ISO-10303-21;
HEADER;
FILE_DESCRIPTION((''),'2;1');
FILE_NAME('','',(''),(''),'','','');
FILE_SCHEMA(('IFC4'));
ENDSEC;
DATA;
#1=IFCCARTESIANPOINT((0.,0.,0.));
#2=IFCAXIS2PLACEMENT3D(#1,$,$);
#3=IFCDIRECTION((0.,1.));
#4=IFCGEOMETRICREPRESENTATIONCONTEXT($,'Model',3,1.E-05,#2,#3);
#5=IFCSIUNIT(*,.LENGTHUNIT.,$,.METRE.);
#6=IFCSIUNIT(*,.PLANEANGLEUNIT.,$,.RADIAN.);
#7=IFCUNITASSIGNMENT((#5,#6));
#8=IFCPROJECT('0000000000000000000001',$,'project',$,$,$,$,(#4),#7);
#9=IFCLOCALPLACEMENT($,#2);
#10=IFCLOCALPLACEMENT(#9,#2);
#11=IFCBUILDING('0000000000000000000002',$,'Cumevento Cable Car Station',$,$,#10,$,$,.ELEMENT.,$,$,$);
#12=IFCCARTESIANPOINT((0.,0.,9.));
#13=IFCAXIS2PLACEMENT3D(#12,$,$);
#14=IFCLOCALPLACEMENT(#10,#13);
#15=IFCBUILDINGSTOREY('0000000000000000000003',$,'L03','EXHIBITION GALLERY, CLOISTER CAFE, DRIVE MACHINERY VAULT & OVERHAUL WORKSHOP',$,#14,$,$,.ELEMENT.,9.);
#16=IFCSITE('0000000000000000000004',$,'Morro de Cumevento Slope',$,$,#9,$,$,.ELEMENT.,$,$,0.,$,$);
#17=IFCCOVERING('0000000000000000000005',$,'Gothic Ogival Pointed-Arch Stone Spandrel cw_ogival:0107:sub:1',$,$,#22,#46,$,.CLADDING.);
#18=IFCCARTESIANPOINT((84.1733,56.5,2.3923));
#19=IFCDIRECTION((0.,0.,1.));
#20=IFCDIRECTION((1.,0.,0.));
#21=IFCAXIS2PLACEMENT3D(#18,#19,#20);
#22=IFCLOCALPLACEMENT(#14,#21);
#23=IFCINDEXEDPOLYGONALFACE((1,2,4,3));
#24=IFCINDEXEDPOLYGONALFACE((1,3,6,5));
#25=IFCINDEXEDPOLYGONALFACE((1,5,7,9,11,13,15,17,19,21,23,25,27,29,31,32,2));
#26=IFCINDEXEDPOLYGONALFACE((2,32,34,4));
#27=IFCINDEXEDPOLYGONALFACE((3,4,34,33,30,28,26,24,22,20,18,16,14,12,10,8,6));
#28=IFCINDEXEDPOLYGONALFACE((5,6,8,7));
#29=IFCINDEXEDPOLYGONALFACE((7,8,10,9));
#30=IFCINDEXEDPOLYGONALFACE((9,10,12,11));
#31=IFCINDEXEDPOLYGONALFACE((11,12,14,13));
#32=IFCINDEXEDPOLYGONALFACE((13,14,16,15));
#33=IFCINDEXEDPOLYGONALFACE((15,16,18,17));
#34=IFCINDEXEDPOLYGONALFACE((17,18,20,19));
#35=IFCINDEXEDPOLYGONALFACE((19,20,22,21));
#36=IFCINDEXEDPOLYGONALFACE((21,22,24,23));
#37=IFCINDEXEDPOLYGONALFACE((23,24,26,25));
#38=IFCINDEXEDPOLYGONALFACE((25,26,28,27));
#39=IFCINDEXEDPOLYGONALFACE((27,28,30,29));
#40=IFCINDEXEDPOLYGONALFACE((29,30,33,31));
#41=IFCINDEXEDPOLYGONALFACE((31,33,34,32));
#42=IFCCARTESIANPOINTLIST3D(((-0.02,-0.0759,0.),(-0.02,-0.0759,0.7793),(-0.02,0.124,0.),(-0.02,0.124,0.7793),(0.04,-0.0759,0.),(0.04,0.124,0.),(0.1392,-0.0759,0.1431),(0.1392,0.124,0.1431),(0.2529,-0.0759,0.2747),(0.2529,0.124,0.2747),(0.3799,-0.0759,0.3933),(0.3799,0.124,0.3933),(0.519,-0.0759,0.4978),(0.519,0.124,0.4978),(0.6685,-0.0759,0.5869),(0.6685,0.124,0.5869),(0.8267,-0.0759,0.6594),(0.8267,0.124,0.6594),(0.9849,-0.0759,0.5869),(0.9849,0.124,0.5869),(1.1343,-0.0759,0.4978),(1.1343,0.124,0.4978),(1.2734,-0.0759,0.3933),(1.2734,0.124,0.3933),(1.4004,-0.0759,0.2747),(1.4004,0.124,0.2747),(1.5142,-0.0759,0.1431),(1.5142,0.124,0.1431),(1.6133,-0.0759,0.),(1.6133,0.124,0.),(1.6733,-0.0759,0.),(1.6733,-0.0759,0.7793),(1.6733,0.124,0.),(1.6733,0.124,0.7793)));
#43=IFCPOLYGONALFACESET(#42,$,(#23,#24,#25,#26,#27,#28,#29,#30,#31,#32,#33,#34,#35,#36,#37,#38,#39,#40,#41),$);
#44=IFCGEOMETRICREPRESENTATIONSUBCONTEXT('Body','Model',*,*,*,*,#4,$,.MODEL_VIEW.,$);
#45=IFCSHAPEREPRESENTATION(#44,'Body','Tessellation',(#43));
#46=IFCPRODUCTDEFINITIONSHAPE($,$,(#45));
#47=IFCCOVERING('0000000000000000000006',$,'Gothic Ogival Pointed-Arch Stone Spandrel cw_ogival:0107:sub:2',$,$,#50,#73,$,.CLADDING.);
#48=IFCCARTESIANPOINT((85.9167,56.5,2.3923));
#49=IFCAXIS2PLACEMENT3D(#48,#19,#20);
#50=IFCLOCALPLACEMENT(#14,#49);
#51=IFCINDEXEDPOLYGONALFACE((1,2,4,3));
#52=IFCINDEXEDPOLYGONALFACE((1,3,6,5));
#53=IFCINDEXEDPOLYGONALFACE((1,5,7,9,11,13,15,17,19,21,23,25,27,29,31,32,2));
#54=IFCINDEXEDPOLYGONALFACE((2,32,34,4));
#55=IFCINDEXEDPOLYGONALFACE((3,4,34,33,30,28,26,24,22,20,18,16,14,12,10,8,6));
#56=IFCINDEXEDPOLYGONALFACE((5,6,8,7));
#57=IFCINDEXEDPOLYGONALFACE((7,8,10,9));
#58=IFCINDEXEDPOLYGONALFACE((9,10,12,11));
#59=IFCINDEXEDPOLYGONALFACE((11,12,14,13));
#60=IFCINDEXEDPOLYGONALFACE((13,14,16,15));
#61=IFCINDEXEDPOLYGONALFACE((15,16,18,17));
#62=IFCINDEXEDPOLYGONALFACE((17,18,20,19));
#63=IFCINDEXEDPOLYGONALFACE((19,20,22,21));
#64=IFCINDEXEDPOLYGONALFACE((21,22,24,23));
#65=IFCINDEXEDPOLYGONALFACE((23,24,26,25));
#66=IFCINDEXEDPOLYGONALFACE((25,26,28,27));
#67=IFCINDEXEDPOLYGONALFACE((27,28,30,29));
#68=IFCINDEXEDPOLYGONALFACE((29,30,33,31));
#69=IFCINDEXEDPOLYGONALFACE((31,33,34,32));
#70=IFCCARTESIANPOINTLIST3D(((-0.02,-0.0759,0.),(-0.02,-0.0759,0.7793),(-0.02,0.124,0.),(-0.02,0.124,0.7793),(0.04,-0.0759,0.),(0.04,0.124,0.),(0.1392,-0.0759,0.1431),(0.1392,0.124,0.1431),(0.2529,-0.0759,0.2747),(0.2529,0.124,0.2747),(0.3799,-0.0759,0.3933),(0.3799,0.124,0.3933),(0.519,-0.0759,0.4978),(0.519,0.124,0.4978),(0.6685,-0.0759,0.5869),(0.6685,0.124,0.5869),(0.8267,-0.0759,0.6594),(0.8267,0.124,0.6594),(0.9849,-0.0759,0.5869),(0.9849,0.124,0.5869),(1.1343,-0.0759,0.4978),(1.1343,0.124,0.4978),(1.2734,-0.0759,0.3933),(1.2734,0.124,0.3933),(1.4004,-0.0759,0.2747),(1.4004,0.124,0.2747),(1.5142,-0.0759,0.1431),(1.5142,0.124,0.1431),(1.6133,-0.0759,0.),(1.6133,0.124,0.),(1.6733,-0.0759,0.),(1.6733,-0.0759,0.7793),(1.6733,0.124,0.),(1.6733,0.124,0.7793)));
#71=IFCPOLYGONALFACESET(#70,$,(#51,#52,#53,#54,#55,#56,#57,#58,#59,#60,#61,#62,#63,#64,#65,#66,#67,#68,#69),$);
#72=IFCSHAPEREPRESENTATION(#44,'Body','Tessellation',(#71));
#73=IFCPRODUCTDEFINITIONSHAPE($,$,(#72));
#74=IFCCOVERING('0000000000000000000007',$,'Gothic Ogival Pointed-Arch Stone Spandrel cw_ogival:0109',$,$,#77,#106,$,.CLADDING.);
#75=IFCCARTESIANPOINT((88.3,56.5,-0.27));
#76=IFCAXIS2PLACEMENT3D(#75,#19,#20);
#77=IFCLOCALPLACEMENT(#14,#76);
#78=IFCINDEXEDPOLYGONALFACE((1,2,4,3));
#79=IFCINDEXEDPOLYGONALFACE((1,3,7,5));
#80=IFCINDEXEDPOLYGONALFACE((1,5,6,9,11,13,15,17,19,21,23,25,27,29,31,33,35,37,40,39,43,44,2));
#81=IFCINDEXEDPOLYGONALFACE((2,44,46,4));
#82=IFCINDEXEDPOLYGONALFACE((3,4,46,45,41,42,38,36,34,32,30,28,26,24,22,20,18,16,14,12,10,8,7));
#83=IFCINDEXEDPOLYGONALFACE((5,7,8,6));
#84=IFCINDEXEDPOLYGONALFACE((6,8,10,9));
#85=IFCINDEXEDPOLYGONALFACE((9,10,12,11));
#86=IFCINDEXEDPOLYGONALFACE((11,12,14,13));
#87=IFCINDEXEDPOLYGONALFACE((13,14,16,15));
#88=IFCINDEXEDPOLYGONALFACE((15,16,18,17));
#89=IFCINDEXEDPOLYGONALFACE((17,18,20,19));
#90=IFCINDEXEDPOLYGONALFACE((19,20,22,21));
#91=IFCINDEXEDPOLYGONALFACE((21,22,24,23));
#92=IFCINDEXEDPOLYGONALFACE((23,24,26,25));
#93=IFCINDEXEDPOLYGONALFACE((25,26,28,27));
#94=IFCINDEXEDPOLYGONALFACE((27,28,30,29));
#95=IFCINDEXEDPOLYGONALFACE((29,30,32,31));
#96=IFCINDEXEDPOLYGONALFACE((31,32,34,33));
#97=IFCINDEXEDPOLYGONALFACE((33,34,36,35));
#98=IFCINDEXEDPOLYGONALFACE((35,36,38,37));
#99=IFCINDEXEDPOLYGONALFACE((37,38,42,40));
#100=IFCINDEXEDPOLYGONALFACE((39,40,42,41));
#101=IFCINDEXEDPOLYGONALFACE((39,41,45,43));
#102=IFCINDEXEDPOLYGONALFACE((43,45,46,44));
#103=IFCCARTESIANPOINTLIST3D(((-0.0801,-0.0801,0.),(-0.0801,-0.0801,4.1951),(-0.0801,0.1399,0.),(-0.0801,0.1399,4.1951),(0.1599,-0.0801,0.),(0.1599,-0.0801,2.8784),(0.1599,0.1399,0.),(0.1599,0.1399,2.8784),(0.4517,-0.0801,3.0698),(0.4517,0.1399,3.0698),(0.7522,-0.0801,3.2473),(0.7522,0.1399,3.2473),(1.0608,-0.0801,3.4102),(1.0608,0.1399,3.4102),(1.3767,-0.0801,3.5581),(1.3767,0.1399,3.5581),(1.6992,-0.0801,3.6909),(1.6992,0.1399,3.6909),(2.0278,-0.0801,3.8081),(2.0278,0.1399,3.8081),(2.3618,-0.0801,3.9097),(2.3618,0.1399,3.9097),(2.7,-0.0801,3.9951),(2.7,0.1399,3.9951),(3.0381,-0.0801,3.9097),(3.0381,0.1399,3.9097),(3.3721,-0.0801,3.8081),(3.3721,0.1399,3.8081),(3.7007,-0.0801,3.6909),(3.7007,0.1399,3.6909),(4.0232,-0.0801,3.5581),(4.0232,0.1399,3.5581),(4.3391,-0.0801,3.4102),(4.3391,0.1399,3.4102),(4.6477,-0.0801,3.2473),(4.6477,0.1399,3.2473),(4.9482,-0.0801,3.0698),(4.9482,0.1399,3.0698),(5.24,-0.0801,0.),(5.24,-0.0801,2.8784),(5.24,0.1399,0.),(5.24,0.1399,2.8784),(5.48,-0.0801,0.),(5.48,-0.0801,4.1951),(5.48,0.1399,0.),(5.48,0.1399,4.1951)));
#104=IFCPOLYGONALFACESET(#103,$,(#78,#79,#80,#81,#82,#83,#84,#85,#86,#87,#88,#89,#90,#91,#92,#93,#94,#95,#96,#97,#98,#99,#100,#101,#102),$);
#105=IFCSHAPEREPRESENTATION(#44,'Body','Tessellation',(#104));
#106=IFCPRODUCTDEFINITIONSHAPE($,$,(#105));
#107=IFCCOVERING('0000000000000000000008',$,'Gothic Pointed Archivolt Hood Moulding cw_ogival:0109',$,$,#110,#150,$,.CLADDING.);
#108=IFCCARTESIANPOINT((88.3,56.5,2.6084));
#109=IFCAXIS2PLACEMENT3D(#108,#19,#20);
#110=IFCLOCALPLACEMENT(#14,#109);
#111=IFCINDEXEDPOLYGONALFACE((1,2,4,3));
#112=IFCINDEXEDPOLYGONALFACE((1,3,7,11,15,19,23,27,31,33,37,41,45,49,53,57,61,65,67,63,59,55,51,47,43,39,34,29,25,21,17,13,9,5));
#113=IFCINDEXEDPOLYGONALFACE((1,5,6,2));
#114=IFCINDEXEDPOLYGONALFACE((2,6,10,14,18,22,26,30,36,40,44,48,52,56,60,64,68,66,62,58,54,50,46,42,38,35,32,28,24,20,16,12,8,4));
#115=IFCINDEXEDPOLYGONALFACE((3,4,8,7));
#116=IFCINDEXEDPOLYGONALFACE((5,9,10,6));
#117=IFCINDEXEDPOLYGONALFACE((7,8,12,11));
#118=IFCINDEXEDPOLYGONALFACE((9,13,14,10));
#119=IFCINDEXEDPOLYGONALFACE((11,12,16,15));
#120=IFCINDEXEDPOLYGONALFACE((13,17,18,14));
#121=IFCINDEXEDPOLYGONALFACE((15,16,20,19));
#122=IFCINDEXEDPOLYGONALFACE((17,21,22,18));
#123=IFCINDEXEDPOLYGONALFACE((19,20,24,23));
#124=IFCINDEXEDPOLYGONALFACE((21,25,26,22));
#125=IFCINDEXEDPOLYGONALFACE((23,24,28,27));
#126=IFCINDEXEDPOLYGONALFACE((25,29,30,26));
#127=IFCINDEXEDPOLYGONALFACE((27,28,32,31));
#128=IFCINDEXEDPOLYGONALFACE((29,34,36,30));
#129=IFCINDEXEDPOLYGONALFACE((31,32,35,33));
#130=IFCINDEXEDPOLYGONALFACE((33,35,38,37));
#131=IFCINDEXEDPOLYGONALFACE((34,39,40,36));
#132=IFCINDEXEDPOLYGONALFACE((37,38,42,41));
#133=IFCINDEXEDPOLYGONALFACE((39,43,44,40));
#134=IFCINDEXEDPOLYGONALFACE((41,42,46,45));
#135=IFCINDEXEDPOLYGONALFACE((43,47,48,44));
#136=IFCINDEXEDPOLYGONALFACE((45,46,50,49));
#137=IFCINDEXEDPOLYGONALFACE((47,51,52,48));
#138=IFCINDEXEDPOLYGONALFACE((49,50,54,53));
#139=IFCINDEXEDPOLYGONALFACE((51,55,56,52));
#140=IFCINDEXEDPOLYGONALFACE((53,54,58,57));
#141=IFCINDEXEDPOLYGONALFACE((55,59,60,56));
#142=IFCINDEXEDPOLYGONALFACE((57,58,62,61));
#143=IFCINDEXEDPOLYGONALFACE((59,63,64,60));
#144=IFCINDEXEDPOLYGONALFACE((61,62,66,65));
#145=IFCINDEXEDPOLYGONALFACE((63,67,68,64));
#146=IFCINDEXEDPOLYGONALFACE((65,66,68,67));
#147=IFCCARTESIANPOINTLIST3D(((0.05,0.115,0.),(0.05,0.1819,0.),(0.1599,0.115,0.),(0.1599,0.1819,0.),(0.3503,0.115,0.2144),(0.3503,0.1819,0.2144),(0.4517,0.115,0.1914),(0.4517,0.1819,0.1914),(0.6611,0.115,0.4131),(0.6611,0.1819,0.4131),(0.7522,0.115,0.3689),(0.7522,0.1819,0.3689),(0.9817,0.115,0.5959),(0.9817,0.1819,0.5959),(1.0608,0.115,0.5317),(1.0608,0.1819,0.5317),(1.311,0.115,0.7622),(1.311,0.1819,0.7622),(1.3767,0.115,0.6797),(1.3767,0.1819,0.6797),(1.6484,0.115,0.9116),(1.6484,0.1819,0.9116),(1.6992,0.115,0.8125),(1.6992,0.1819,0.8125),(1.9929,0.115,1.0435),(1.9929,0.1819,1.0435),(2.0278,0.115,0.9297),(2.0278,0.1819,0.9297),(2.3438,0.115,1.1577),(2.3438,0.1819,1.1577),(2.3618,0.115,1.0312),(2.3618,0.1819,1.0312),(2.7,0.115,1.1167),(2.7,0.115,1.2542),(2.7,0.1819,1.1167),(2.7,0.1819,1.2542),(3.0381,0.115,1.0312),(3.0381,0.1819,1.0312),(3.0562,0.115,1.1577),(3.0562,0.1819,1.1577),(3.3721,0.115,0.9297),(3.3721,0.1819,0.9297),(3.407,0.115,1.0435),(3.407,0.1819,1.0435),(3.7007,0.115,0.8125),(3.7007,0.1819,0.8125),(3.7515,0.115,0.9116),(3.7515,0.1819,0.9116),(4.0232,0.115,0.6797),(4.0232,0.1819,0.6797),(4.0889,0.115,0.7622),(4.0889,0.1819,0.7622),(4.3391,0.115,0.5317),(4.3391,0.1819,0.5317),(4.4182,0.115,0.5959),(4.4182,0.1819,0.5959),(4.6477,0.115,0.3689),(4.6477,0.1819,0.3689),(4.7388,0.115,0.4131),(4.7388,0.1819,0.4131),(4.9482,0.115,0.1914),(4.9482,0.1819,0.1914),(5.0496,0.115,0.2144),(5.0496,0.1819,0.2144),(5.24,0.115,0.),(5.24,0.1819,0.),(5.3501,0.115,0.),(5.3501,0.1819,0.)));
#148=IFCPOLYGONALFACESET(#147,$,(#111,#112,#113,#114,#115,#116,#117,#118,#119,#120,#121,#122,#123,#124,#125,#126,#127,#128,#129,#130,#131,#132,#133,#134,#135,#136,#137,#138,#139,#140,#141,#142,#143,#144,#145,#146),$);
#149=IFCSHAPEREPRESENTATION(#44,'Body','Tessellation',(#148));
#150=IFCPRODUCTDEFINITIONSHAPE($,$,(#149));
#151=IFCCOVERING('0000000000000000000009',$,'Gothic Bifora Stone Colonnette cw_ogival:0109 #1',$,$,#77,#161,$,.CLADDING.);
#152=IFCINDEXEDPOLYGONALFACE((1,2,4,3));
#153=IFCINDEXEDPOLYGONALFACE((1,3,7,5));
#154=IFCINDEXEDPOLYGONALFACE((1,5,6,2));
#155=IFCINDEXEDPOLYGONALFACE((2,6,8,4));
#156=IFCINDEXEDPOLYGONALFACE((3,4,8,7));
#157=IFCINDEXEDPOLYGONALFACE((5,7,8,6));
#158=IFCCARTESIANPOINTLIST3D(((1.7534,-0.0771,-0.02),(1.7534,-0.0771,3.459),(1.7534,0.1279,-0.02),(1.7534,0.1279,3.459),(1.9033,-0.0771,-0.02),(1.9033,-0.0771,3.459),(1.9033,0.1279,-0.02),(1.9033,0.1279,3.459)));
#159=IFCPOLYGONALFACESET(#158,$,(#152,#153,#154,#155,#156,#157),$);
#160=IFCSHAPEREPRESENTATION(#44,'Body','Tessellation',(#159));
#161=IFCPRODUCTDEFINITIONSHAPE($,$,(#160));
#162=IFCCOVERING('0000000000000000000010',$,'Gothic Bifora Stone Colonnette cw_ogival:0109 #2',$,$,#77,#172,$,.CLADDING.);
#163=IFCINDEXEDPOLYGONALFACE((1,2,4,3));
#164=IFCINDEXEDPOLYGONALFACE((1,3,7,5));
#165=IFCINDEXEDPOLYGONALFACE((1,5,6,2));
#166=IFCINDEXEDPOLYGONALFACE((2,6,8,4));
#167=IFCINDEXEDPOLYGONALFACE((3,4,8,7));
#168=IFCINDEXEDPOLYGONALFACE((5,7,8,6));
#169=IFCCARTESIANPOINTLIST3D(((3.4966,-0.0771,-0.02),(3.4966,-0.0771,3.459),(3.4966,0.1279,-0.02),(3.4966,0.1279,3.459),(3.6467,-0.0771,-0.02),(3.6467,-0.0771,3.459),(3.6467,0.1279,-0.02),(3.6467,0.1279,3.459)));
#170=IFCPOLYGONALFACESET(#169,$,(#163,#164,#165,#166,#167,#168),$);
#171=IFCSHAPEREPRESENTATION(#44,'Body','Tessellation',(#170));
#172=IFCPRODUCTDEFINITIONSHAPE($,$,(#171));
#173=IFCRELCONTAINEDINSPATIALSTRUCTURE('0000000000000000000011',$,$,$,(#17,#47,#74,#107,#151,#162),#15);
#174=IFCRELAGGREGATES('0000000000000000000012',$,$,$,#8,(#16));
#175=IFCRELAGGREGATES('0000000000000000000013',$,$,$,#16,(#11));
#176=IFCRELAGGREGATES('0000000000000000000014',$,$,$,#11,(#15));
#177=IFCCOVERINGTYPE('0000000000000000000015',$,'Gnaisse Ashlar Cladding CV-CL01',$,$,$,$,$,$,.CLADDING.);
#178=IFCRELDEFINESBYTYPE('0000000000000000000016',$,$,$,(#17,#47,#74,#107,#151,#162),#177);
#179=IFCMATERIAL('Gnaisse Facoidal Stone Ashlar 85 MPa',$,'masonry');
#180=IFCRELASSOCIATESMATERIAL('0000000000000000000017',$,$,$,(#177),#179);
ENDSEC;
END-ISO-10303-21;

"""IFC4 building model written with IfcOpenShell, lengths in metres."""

from ifc_helpers import new_model, si_unit, direction, frame, origin, place, context, subcontext, project, spatial, polyline, outline, extrude, material, type_object, element, save


model = new_model("IFC4")

# Units and contexts
model_context = context("Model", 3, precision=1e-05, world=origin(), true_north=direction((0.0, 1.0)))
body_context = subcontext(model_context, "Body", "Model", "MODEL_VIEW")
ifc_project = project(units=[si_unit("LENGTHUNIT", "METRE"), si_unit("PLANEANGLEUNIT", "RADIAN")], contexts=[model_context])

# Site, building, storey
site_placement = place(None, origin())
site = spatial("IfcSite", under=ifc_project, at=site_placement, Name="Morro de Cumevento Slope", CompositionType="ELEMENT", RefElevation=0.0)
building_placement = place(site_placement, origin())
building = spatial("IfcBuilding", under=site, at=building_placement, Name="Cumevento Cable Car Station", CompositionType="ELEMENT")
storey_placement = place(building_placement, frame((0.0, 0.0, 9.0)))
storey = spatial("IfcBuildingStorey", under=building, at=storey_placement, Name="L03", Description="EXHIBITION GALLERY, CLOISTER CAFE, DRIVE MACHINERY VAULT & OVERHAUL WORKSHOP", CompositionType="ELEMENT", Elevation=9.0)

# Coverings
ifc_material_1 = material(Name="Gnaisse Facoidal Stone Ashlar 85 MPa", Category="masonry")
covering_type = type_object("IfcCoveringType", Name="Gnaisse Ashlar Cladding CV-CL01", PredefinedType="CLADDING", material=ifc_material_1)
for number, where, z_axis, x_axis, name in (
    (1, (84.1733, 56.5, 2.3923), (0.0, 0.0, 1.0), (1.0, 0.0, 0.0), "Gothic Ogival Pointed-Arch Stone Spandrel cw_ogival:0107:sub:1"),
    (2, (85.9167, 56.5, 2.3923), (0.0, 0.0, 1.0), (1.0, 0.0, 0.0), "Gothic Ogival Pointed-Arch Stone Spandrel cw_ogival:0107:sub:2"),
):
    element("IfcCovering", number, at=place(storey_placement, frame(where, z_axis=z_axis, x_axis=x_axis)), inside=storey, type_object=covering_type, Name=name, PredefinedType="CLADDING", context=body_context, shape_type="SweptSolid", body=[
        extrude(outline(polyline([(-0.02, 0.0), (-0.02, 0.7793), (1.6733, 0.7793), (1.6733, 0.0), (1.6133, 0.0), (1.5142, 0.1431), (1.4004, 0.2747), (1.2734, 0.3933), (1.1343, 0.4978), (0.9849, 0.5869), (0.8267, 0.6594), (0.6685, 0.5869), (0.519, 0.4978), (0.3799, 0.3933), (0.2529, 0.2747), (0.1392, 0.1431), (0.04, 0.0), (-0.02, 0.0)])), frame((0.0, 0.124, 0.0), z_axis=(0.0, -1.0, 0.0), x_axis=(1.0, 0.0, 0.0)), (0.0, 0.0, 1.0), 0.2),
    ])
placement = place(storey_placement, frame((88.3, 56.5, -0.27), z_axis=(0.0, 0.0, 1.0), x_axis=(1.0, 0.0, 0.0)))
element("IfcCovering", 3, at=placement, inside=storey, type_object=covering_type, Name="Gothic Ogival Pointed-Arch Stone Spandrel cw_ogival:0109", PredefinedType="CLADDING", context=body_context, shape_type="SweptSolid", body=[
    extrude(outline(polyline([(-0.0801, 0.0), (-0.0801, 4.1951), (5.48, 4.1951), (5.48, 0.0), (5.24, 0.0), (5.24, 2.8784), (4.9482, 3.0698), (4.6477, 3.2473), (4.3391, 3.4102), (4.0232, 3.5581), (3.7007, 3.6909), (3.3721, 3.8081), (3.0381, 3.9097), (2.7, 3.9951), (2.3618, 3.9097), (2.0278, 3.8081), (1.6992, 3.6909), (1.3767, 3.5581), (1.0608, 3.4102), (0.7522, 3.2473), (0.4517, 3.0698), (0.1599, 2.8784), (0.1599, 0.0), (-0.0801, 0.0)])), frame((0.0, 0.1399, 0.0), z_axis=(0.0, -1.0, 0.0), x_axis=(1.0, 0.0, 0.0)), (0.0, 0.0, 1.0), 0.22),
])
covering_1_placement = place(storey_placement, frame((88.3, 56.5, 2.6084), z_axis=(0.0, 0.0, 1.0), x_axis=(1.0, 0.0, 0.0)))
element("IfcCovering", 4, at=covering_1_placement, inside=storey, type_object=covering_type, Name="Gothic Pointed Archivolt Hood Moulding cw_ogival:0109", PredefinedType="CLADDING", context=body_context, shape_type="SweptSolid", body=[
    extrude(outline(polyline([(0.1599, 0.0), (0.4517, 0.1914), (0.7522, 0.3689), (1.0608, 0.5317), (1.3767, 0.6797), (1.6992, 0.8125), (2.0278, 0.9297), (2.3618, 1.0312), (2.7, 1.1167), (3.0381, 1.0312), (3.3721, 0.9297), (3.7007, 0.8125), (4.0232, 0.6797), (4.3391, 0.5317), (4.6477, 0.3689), (4.9482, 0.1914), (5.24, 0.0), (5.3501, 0.0), (5.0496, 0.2144), (4.7388, 0.4131), (4.4182, 0.5959), (4.0889, 0.7622), (3.7515, 0.9116), (3.407, 1.0435), (3.0562, 1.1577), (2.7, 1.2542), (2.3438, 1.1577), (1.9929, 1.0435), (1.6484, 0.9116), (1.311, 0.7622), (0.9817, 0.5959), (0.6611, 0.4131), (0.3503, 0.2144), (0.05, 0.0), (0.1599, 0.0)])), frame((0.0, 0.1819, 0.0), z_axis=(0.0, -1.0, 0.0), x_axis=(1.0, 0.0, 0.0)), (0.0, 0.0, 1.0), 0.0669),
])
element("IfcCovering", 5, at=placement, inside=storey, type_object=covering_type, Name="Gothic Bifora Stone Colonnette cw_ogival:0109 #1", PredefinedType="CLADDING", context=body_context, shape_type="SweptSolid", body=[
    extrude(outline(polyline([(1.7534, -0.02), (1.9033, -0.02), (1.9033, 3.459), (1.7534, 3.459), (1.7534, -0.02)])), frame((0.0, 0.1279, 0.0), z_axis=(0.0, -1.0, 0.0), x_axis=(1.0, 0.0, 0.0)), (0.0, 0.0, 1.0), 0.2051),
])
element("IfcCovering", 6, at=placement, inside=storey, type_object=covering_type, Name="Gothic Bifora Stone Colonnette cw_ogival:0109 #2", PredefinedType="CLADDING", context=body_context, shape_type="SweptSolid", body=[
    extrude(outline(polyline([(3.4966, -0.02), (3.6467, -0.02), (3.6467, 3.459), (3.4966, 3.459), (3.4966, -0.02)])), frame((0.0, 0.1279, 0.0), z_axis=(0.0, -1.0, 0.0), x_axis=(1.0, 0.0, 0.0)), (0.0, 0.0, 1.0), 0.2051),
])

save(model, "model.ifc")
